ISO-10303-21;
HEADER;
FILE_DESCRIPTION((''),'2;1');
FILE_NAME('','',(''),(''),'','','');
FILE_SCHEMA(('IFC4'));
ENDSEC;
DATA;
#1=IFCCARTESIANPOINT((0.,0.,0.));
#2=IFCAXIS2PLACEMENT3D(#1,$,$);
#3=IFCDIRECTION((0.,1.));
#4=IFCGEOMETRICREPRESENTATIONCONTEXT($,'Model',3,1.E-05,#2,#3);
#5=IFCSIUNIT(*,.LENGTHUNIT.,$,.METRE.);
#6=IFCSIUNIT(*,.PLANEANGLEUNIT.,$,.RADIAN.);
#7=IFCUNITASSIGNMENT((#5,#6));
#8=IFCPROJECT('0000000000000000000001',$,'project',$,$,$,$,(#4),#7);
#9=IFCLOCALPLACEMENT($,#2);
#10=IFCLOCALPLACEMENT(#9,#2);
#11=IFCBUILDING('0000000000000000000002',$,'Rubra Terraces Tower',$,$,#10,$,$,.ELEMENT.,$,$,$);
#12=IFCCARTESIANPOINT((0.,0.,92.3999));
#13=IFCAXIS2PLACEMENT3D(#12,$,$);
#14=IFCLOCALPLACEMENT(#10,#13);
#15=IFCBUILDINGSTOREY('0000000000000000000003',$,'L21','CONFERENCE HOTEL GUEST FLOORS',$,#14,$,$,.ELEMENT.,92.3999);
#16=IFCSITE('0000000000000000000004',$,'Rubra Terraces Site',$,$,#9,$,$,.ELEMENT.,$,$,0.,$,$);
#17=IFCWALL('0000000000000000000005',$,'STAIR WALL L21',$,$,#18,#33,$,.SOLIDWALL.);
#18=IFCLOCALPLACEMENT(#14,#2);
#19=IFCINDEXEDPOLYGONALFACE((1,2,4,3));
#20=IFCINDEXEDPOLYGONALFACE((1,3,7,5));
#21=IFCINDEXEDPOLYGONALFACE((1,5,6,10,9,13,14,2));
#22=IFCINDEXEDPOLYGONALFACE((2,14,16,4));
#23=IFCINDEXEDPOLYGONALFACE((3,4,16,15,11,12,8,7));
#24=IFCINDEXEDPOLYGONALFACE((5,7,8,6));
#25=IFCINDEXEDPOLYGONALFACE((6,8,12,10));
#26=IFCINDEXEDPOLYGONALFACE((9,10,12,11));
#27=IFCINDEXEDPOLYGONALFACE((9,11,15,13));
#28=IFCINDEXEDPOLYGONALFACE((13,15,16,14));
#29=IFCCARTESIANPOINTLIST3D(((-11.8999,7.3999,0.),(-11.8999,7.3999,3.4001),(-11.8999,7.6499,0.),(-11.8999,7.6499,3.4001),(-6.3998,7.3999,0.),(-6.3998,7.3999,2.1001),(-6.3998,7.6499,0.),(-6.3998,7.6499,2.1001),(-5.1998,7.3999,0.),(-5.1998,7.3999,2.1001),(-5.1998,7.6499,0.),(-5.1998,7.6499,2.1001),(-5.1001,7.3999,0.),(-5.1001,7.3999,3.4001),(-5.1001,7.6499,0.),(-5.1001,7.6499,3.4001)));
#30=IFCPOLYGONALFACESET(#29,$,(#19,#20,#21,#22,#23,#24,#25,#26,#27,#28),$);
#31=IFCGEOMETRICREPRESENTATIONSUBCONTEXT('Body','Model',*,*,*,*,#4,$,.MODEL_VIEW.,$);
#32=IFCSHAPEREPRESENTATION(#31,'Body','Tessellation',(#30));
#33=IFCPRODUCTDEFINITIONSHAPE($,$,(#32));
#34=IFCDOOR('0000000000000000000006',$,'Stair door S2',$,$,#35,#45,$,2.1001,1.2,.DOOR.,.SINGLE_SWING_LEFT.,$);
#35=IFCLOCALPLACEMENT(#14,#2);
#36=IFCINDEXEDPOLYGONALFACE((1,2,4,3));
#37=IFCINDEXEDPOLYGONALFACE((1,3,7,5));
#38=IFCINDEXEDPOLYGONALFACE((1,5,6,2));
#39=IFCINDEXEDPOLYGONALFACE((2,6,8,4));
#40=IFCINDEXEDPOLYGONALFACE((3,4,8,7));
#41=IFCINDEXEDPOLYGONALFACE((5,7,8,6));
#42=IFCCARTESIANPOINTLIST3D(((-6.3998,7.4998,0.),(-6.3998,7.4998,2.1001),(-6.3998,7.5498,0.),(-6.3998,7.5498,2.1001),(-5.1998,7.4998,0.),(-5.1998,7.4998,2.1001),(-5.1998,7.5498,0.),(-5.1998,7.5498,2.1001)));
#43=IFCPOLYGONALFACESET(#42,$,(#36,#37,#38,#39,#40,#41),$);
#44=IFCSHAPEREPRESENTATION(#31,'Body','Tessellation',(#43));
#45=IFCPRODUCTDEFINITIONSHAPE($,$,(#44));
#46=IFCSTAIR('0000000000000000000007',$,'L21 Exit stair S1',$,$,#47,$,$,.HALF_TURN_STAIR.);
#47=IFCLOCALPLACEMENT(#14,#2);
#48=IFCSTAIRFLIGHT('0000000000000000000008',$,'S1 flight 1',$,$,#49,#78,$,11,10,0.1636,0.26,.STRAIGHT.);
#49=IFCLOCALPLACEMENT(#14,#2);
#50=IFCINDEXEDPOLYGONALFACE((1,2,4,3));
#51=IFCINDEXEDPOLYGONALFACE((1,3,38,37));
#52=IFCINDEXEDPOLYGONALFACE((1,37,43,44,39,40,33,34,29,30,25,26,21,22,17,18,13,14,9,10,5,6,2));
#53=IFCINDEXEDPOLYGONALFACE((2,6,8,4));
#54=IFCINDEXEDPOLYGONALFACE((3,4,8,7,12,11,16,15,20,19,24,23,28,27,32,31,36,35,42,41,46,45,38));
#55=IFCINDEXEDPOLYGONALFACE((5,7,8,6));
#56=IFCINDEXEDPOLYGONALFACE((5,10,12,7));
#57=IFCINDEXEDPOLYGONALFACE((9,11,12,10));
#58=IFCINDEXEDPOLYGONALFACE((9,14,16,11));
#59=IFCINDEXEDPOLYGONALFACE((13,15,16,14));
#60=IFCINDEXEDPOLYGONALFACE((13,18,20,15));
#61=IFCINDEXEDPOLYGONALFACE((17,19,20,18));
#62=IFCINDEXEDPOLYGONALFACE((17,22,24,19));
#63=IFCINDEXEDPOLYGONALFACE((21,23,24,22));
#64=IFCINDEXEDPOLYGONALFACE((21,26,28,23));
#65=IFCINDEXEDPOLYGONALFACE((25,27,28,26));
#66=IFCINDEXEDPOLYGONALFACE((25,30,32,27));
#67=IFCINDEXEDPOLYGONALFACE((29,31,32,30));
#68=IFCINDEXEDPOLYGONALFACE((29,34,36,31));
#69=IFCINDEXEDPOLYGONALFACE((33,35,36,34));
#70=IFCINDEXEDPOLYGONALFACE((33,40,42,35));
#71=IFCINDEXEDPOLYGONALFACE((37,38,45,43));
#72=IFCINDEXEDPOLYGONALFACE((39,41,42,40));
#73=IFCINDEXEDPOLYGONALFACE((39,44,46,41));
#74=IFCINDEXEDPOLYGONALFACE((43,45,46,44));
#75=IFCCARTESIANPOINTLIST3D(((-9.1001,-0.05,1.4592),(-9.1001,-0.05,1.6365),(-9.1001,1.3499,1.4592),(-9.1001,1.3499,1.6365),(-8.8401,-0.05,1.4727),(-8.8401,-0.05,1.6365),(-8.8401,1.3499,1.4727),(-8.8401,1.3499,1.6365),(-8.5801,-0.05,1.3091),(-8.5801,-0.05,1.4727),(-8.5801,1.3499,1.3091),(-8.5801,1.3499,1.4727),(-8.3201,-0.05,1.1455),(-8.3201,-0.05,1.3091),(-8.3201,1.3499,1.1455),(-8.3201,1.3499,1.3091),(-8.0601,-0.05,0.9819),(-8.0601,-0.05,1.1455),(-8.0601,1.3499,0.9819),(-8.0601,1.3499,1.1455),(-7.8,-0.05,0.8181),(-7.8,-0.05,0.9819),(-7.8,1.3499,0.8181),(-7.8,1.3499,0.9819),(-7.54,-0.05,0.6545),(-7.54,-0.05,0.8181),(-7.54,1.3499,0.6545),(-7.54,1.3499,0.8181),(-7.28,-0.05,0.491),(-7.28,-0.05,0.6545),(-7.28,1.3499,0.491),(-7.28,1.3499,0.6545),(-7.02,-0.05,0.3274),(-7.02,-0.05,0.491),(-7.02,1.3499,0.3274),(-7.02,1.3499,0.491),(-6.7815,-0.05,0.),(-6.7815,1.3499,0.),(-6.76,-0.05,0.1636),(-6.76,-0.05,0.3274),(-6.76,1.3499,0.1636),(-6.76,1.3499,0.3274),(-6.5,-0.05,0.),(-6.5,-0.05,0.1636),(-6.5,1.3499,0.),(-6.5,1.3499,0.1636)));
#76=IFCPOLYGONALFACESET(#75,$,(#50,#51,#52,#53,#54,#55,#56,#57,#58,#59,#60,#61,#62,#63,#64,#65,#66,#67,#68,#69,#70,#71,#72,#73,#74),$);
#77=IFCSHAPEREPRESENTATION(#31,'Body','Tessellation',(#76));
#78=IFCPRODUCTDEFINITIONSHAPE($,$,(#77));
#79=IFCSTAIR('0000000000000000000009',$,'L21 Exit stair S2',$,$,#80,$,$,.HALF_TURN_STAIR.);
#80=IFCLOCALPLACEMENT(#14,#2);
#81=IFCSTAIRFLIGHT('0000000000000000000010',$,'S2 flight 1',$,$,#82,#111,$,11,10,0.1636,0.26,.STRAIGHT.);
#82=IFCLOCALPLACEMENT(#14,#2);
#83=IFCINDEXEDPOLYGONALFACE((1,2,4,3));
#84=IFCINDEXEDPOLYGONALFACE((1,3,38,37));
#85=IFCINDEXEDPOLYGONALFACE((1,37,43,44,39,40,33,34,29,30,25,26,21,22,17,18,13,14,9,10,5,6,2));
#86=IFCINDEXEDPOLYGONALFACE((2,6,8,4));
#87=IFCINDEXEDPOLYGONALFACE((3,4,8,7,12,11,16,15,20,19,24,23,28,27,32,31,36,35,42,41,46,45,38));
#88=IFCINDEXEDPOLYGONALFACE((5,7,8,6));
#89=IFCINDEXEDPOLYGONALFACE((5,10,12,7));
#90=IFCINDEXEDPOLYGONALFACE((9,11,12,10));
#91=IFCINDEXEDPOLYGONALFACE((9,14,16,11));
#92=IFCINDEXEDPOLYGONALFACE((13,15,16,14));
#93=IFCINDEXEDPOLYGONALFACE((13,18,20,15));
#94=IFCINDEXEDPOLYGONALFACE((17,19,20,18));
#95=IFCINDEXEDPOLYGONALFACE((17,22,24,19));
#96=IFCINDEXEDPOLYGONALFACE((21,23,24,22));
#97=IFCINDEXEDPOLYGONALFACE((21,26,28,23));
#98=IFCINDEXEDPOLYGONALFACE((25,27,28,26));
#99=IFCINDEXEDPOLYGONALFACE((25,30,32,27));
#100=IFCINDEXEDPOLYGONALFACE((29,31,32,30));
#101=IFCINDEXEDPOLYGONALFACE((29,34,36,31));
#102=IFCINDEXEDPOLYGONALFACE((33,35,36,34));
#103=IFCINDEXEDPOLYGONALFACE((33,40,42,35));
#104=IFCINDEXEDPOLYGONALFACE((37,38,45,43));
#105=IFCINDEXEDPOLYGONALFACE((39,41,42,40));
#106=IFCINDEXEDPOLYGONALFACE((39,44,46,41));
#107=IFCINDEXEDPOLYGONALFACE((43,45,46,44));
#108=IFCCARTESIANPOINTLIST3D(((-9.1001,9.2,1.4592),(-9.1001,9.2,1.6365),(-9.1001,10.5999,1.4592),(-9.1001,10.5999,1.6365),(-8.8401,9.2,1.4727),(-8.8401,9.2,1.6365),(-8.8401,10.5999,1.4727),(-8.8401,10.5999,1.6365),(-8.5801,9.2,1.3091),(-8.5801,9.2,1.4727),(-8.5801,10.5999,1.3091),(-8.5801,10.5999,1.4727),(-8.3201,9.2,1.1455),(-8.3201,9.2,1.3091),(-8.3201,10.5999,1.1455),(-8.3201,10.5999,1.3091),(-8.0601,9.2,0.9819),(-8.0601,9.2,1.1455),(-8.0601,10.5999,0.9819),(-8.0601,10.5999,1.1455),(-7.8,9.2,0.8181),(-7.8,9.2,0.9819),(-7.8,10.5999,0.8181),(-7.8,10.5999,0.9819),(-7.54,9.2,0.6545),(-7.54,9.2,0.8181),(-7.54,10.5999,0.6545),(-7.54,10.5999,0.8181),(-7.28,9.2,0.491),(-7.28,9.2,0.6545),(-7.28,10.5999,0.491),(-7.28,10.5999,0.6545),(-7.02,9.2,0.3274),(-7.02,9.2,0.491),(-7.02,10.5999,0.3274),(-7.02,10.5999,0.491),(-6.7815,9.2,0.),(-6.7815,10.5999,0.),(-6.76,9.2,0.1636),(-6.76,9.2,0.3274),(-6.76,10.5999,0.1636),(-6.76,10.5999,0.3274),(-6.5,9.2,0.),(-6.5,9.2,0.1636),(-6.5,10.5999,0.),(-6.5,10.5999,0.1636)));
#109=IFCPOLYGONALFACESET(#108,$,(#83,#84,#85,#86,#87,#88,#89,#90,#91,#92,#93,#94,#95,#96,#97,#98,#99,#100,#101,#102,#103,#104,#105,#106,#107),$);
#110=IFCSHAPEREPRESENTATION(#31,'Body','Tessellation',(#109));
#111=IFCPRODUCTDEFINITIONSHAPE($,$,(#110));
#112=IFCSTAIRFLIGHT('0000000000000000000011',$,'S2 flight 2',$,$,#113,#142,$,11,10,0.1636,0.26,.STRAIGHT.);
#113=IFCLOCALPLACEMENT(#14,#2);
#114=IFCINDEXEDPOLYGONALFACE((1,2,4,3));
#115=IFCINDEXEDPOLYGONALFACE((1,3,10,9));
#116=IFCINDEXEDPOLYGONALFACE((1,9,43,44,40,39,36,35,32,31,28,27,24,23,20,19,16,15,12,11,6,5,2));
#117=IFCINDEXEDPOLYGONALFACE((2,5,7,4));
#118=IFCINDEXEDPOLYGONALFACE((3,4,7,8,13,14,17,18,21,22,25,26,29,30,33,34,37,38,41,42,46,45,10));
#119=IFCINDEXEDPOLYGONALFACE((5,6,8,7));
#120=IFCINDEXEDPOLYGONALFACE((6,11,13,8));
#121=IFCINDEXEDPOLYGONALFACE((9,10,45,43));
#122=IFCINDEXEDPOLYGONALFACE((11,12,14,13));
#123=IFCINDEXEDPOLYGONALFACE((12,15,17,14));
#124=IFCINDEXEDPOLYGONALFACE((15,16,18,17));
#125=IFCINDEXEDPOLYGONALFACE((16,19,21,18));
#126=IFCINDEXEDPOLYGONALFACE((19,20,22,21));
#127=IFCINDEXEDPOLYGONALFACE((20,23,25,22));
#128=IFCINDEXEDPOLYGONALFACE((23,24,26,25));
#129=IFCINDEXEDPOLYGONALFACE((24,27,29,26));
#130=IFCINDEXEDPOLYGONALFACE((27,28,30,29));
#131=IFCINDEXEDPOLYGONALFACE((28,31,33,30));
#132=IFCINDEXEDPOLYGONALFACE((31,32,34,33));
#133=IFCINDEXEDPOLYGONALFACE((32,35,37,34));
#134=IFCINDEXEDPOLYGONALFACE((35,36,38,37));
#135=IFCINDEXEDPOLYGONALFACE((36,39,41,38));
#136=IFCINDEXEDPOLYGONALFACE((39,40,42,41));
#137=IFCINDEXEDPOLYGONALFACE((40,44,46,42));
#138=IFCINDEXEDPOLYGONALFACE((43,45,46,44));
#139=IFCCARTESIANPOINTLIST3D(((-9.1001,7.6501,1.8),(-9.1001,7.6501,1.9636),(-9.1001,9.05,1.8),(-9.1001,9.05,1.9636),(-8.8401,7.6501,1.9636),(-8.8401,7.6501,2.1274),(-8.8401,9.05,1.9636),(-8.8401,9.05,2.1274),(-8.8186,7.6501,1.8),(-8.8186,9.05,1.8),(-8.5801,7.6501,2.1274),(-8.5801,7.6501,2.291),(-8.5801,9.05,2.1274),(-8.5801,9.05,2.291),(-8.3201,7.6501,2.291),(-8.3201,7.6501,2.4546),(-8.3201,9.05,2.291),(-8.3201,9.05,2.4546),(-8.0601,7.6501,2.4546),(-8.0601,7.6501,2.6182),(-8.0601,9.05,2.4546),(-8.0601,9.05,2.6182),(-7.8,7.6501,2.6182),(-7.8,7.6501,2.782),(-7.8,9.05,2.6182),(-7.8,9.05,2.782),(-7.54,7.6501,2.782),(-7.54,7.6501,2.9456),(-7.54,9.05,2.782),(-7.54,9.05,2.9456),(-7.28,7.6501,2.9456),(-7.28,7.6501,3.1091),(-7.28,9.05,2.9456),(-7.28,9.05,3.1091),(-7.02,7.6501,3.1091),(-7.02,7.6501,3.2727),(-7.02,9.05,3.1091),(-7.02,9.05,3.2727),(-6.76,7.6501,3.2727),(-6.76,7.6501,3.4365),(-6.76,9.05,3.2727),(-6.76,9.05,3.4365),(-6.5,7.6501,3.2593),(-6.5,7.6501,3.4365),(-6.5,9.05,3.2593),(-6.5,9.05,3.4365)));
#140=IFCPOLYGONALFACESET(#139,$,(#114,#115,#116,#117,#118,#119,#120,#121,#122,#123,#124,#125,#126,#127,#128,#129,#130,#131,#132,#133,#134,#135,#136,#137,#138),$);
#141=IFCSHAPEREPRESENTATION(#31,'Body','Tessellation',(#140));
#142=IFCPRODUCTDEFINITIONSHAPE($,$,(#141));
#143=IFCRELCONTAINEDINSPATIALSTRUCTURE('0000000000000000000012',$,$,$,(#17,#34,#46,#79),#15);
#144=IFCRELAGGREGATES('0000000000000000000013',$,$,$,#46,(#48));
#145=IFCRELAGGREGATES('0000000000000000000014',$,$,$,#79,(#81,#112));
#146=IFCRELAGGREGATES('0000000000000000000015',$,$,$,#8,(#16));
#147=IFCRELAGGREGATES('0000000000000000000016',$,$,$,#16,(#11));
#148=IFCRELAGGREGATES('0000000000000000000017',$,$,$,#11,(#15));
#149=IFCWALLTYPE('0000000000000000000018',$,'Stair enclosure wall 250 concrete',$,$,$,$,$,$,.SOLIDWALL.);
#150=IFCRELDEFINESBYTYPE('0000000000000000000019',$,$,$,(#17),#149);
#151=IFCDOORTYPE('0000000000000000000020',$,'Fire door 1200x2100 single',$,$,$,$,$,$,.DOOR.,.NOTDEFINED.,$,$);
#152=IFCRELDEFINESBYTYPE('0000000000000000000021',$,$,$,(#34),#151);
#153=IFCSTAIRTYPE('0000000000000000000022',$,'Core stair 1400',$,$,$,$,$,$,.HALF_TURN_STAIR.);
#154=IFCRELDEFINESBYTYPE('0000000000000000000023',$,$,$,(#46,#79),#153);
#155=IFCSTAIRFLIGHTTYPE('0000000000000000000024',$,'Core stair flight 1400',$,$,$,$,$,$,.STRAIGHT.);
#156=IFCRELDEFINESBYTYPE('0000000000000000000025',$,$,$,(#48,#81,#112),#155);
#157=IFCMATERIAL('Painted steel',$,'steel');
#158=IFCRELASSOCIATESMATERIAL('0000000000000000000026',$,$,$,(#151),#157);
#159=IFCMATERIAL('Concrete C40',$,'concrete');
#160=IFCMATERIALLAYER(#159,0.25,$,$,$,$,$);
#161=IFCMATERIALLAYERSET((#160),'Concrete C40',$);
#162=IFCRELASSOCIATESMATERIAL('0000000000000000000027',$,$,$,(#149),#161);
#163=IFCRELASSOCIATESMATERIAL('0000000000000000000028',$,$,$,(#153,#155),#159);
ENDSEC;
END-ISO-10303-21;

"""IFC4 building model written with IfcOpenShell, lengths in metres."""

from ifc_helpers import new_model, si_unit, direction, frame, frame_2d, origin, place, context, subcontext, project, spatial, polyline, rectangle, outline, extrude, material, layer, layer_set, type_object, element, fill, aggregate, save


model = new_model("IFC4")

# Units and contexts
model_context = context("Model", 3, precision=1e-05, world=origin(), true_north=direction((0.0, 1.0)))
body_context = subcontext(model_context, "Body", "Model", "MODEL_VIEW")
ifc_project = project(units=[si_unit("LENGTHUNIT", "METRE"), si_unit("PLANEANGLEUNIT", "RADIAN")], contexts=[model_context])

# Site, building, storey
site_placement = place(None, origin())
site = spatial("IfcSite", under=ifc_project, at=site_placement, Name="Rubra Terraces Site", CompositionType="ELEMENT", RefElevation=0.0)
building_placement = place(site_placement, origin())
building = spatial("IfcBuilding", under=site, at=building_placement, Name="Rubra Terraces Tower", CompositionType="ELEMENT")
storey_placement = place(building_placement, frame((0.0, 0.0, 92.3999)))
storey = spatial("IfcBuildingStorey", under=building, at=storey_placement, Name="L21", Description="CONFERENCE HOTEL GUEST FLOORS", CompositionType="ELEMENT", Elevation=92.3999)

# Shared definitions
ifc_material_1 = material(Name="Concrete C40", Category="concrete")

# Shared definitions
ifc_material_2 = material(Name="Painted steel", Category="steel")
door_type_1 = type_object("IfcDoorType", Name="Fire door 1200x2100 single", OperationType="NOTDEFINED", PredefinedType="DOOR", material=ifc_material_2)

# Wall, opening, door
ifc_layer_1 = layer(ifc_material_1, 0.25)
ifc_layer_set_1 = layer_set([ifc_layer_1], Name="Concrete C40")
wall_type_1 = type_object("IfcWallType", Name="Stair enclosure wall 250 concrete", PredefinedType="SOLIDWALL", material=ifc_layer_set_1)
wall_1_placement = place(storey_placement, frame((-11.8999, 7.5249, 0.0), z_axis=(0.0, 0.0, 1.0), x_axis=(1.0, 0.0, 0.0)))
wall_1 = element("IfcWall", 1, at=wall_1_placement, inside=storey, type_object=wall_type_1, Name="STAIR WALL L21", PredefinedType="SOLIDWALL", context=body_context, shape_type="SweptSolid", body=[
    extrude(rectangle(XDim=6.7998, YDim=0.25, at=frame_2d((3.3999, 0.0))), origin(), (0.0, 0.0, 1.0), 3.4001),
])
opening_1_placement = place(wall_1_placement, frame((5.5, 0.0, 0.0)))
opening_1 = element("IfcOpeningElement", 2, at=opening_1_placement, cuts=wall_1, PredefinedType="OPENING", context=body_context, shape_type="SweptSolid", body=[
    extrude(rectangle(XDim=1.2, YDim=2.1001, at=frame_2d((0.6001, 1.05))), frame((0.0, 0.135, 0.0), z_axis=(0.0, -1.0, 0.0), x_axis=(1.0, 0.0, 0.0)), (0.0, 0.0, 1.0), 0.27),
])
door_1_placement = place(opening_1_placement, origin())
door_1 = element("IfcDoor", 3, at=door_1_placement, inside=storey, type_object=door_type_1, Name="Stair door S2", OperationType="SINGLE_SWING_LEFT", OverallHeight=2.1001, OverallWidth=1.2, PredefinedType="DOOR", context=body_context, shape_type="SweptSolid", body=[
    extrude(rectangle(XDim=1.2, YDim=2.1001, at=frame_2d((0.6001, 1.05))), frame((0.0, 0.0249, 0.0), z_axis=(0.0, -1.0, 0.0), x_axis=(1.0, 0.0, 0.0)), (0.0, 0.0, 1.0), 0.05),
])
fill(opening_1, door_1)

# Stair, stair flight
stair_type = type_object("IfcStairType", Name="Core stair 1400", PredefinedType="HALF_TURN_STAIR", material=ifc_material_1)
stair_1_placement = place(storey_placement, origin())
stair_1 = element("IfcStair", 4, at=stair_1_placement, inside=storey, type_object=stair_type, Name="L21 Exit stair S1", PredefinedType="HALF_TURN_STAIR")
stair_flight_type = type_object("IfcStairFlightType", Name="Core stair flight 1400", PredefinedType="STRAIGHT", material=ifc_material_1)
stair_flight_1_placement = place(storey_placement, frame((-6.5, 0.6499, 0.0), z_axis=(0.0, 0.0, 1.0), x_axis=(-1.0, 0.0, 0.0)))
stair_flight_1 = element("IfcStairFlight", 5, at=stair_flight_1_placement, type_object=stair_flight_type, Name="S1 flight 1", NumberOfRisers=11, NumberOfTreads=10, PredefinedType="STRAIGHT", RiserHeight=0.1636, TreadLength=0.26, context=body_context, shape_type="SweptSolid", body=[
    extrude(outline(polyline([(0.0, 0.0), (0.0, 0.1636), (0.26, 0.1636), (0.26, 0.3274), (0.52, 0.3274), (0.52, 0.491), (0.78, 0.491), (0.78, 0.6545), (1.04, 0.6545), (1.04, 0.8181), (1.3, 0.8181), (1.3, 0.9819), (1.5601, 0.9819), (1.5601, 1.1455), (1.8201, 1.1455), (1.8201, 1.3091), (2.0801, 1.3091), (2.0801, 1.4727), (2.3401, 1.4727), (2.3401, 1.6365), (2.6001, 1.6365), (2.6001, 1.8), (2.6001, 1.4592), (0.2815, 0.0), (0.0, 0.0)])), frame((0.0, 0.7, 0.0), z_axis=(0.0, -1.0, 0.0), x_axis=(1.0, 0.0, 0.0)), (0.0, 0.0, 1.0), 1.3999),
])
aggregate(stair_1, [stair_flight_1])

# Stair, stair flights
stair_2_placement = place(storey_placement, origin())
stair_2 = element("IfcStair", 6, at=stair_2_placement, inside=storey, type_object=stair_type, Name="L21 Exit stair S2", PredefinedType="HALF_TURN_STAIR")
stair_flight_2_placement = place(storey_placement, frame((-6.5, 9.8999, 0.0), z_axis=(0.0, 0.0, 1.0), x_axis=(-1.0, 0.0, 0.0)))
stair_flight_2 = element("IfcStairFlight", 7, at=stair_flight_2_placement, type_object=stair_flight_type, Name="S2 flight 1", NumberOfRisers=11, NumberOfTreads=10, PredefinedType="STRAIGHT", RiserHeight=0.1636, TreadLength=0.26, context=body_context, shape_type="SweptSolid", body=[
    extrude(outline(polyline([(0.0, 0.0), (0.0, 0.1636), (0.26, 0.1636), (0.26, 0.3274), (0.52, 0.3274), (0.52, 0.491), (0.78, 0.491), (0.78, 0.6545), (1.04, 0.6545), (1.04, 0.8181), (1.3, 0.8181), (1.3, 0.9819), (1.5601, 0.9819), (1.5601, 1.1455), (1.8201, 1.1455), (1.8201, 1.3091), (2.0801, 1.3091), (2.0801, 1.4727), (2.3401, 1.4727), (2.3401, 1.6365), (2.6001, 1.6365), (2.6001, 1.8), (2.6001, 1.4592), (0.2815, 0.0), (0.0, 0.0)])), frame((0.0, 0.7, 0.0), z_axis=(0.0, -1.0, 0.0), x_axis=(1.0, 0.0, 0.0)), (0.0, 0.0, 1.0), 1.3999),
])
stair_flight_3_placement = place(storey_placement, frame((-9.1001, 8.3501, 1.8), z_axis=(0.0, 0.0, 1.0), x_axis=(1.0, 0.0, 0.0)))
stair_flight_3 = element("IfcStairFlight", 8, at=stair_flight_3_placement, type_object=stair_flight_type, Name="S2 flight 2", NumberOfRisers=11, NumberOfTreads=10, PredefinedType="STRAIGHT", RiserHeight=0.1636, TreadLength=0.26, context=body_context, shape_type="SweptSolid", body=[
    extrude(outline(polyline([(0.0, 0.0), (0.0, 0.1636), (0.26, 0.1636), (0.26, 0.3274), (0.52, 0.3274), (0.52, 0.491), (0.78, 0.491), (0.78, 0.6545), (1.04, 0.6545), (1.04, 0.8181), (1.3, 0.8181), (1.3, 0.9819), (1.5601, 0.9819), (1.5601, 1.1455), (1.8201, 1.1455), (1.8201, 1.3091), (2.0801, 1.3091), (2.0801, 1.4727), (2.3401, 1.4727), (2.3401, 1.6365), (2.6001, 1.6365), (2.6001, 1.8), (2.6001, 1.4592), (0.2815, 0.0), (0.0, 0.0)])), frame((0.0, 0.7, 0.0), z_axis=(0.0, -1.0, 0.0), x_axis=(1.0, 0.0, 0.0)), (0.0, 0.0, 1.0), 1.3999),
])
aggregate(stair_2, [stair_flight_2, stair_flight_3])

save(model, "model.ifc")
